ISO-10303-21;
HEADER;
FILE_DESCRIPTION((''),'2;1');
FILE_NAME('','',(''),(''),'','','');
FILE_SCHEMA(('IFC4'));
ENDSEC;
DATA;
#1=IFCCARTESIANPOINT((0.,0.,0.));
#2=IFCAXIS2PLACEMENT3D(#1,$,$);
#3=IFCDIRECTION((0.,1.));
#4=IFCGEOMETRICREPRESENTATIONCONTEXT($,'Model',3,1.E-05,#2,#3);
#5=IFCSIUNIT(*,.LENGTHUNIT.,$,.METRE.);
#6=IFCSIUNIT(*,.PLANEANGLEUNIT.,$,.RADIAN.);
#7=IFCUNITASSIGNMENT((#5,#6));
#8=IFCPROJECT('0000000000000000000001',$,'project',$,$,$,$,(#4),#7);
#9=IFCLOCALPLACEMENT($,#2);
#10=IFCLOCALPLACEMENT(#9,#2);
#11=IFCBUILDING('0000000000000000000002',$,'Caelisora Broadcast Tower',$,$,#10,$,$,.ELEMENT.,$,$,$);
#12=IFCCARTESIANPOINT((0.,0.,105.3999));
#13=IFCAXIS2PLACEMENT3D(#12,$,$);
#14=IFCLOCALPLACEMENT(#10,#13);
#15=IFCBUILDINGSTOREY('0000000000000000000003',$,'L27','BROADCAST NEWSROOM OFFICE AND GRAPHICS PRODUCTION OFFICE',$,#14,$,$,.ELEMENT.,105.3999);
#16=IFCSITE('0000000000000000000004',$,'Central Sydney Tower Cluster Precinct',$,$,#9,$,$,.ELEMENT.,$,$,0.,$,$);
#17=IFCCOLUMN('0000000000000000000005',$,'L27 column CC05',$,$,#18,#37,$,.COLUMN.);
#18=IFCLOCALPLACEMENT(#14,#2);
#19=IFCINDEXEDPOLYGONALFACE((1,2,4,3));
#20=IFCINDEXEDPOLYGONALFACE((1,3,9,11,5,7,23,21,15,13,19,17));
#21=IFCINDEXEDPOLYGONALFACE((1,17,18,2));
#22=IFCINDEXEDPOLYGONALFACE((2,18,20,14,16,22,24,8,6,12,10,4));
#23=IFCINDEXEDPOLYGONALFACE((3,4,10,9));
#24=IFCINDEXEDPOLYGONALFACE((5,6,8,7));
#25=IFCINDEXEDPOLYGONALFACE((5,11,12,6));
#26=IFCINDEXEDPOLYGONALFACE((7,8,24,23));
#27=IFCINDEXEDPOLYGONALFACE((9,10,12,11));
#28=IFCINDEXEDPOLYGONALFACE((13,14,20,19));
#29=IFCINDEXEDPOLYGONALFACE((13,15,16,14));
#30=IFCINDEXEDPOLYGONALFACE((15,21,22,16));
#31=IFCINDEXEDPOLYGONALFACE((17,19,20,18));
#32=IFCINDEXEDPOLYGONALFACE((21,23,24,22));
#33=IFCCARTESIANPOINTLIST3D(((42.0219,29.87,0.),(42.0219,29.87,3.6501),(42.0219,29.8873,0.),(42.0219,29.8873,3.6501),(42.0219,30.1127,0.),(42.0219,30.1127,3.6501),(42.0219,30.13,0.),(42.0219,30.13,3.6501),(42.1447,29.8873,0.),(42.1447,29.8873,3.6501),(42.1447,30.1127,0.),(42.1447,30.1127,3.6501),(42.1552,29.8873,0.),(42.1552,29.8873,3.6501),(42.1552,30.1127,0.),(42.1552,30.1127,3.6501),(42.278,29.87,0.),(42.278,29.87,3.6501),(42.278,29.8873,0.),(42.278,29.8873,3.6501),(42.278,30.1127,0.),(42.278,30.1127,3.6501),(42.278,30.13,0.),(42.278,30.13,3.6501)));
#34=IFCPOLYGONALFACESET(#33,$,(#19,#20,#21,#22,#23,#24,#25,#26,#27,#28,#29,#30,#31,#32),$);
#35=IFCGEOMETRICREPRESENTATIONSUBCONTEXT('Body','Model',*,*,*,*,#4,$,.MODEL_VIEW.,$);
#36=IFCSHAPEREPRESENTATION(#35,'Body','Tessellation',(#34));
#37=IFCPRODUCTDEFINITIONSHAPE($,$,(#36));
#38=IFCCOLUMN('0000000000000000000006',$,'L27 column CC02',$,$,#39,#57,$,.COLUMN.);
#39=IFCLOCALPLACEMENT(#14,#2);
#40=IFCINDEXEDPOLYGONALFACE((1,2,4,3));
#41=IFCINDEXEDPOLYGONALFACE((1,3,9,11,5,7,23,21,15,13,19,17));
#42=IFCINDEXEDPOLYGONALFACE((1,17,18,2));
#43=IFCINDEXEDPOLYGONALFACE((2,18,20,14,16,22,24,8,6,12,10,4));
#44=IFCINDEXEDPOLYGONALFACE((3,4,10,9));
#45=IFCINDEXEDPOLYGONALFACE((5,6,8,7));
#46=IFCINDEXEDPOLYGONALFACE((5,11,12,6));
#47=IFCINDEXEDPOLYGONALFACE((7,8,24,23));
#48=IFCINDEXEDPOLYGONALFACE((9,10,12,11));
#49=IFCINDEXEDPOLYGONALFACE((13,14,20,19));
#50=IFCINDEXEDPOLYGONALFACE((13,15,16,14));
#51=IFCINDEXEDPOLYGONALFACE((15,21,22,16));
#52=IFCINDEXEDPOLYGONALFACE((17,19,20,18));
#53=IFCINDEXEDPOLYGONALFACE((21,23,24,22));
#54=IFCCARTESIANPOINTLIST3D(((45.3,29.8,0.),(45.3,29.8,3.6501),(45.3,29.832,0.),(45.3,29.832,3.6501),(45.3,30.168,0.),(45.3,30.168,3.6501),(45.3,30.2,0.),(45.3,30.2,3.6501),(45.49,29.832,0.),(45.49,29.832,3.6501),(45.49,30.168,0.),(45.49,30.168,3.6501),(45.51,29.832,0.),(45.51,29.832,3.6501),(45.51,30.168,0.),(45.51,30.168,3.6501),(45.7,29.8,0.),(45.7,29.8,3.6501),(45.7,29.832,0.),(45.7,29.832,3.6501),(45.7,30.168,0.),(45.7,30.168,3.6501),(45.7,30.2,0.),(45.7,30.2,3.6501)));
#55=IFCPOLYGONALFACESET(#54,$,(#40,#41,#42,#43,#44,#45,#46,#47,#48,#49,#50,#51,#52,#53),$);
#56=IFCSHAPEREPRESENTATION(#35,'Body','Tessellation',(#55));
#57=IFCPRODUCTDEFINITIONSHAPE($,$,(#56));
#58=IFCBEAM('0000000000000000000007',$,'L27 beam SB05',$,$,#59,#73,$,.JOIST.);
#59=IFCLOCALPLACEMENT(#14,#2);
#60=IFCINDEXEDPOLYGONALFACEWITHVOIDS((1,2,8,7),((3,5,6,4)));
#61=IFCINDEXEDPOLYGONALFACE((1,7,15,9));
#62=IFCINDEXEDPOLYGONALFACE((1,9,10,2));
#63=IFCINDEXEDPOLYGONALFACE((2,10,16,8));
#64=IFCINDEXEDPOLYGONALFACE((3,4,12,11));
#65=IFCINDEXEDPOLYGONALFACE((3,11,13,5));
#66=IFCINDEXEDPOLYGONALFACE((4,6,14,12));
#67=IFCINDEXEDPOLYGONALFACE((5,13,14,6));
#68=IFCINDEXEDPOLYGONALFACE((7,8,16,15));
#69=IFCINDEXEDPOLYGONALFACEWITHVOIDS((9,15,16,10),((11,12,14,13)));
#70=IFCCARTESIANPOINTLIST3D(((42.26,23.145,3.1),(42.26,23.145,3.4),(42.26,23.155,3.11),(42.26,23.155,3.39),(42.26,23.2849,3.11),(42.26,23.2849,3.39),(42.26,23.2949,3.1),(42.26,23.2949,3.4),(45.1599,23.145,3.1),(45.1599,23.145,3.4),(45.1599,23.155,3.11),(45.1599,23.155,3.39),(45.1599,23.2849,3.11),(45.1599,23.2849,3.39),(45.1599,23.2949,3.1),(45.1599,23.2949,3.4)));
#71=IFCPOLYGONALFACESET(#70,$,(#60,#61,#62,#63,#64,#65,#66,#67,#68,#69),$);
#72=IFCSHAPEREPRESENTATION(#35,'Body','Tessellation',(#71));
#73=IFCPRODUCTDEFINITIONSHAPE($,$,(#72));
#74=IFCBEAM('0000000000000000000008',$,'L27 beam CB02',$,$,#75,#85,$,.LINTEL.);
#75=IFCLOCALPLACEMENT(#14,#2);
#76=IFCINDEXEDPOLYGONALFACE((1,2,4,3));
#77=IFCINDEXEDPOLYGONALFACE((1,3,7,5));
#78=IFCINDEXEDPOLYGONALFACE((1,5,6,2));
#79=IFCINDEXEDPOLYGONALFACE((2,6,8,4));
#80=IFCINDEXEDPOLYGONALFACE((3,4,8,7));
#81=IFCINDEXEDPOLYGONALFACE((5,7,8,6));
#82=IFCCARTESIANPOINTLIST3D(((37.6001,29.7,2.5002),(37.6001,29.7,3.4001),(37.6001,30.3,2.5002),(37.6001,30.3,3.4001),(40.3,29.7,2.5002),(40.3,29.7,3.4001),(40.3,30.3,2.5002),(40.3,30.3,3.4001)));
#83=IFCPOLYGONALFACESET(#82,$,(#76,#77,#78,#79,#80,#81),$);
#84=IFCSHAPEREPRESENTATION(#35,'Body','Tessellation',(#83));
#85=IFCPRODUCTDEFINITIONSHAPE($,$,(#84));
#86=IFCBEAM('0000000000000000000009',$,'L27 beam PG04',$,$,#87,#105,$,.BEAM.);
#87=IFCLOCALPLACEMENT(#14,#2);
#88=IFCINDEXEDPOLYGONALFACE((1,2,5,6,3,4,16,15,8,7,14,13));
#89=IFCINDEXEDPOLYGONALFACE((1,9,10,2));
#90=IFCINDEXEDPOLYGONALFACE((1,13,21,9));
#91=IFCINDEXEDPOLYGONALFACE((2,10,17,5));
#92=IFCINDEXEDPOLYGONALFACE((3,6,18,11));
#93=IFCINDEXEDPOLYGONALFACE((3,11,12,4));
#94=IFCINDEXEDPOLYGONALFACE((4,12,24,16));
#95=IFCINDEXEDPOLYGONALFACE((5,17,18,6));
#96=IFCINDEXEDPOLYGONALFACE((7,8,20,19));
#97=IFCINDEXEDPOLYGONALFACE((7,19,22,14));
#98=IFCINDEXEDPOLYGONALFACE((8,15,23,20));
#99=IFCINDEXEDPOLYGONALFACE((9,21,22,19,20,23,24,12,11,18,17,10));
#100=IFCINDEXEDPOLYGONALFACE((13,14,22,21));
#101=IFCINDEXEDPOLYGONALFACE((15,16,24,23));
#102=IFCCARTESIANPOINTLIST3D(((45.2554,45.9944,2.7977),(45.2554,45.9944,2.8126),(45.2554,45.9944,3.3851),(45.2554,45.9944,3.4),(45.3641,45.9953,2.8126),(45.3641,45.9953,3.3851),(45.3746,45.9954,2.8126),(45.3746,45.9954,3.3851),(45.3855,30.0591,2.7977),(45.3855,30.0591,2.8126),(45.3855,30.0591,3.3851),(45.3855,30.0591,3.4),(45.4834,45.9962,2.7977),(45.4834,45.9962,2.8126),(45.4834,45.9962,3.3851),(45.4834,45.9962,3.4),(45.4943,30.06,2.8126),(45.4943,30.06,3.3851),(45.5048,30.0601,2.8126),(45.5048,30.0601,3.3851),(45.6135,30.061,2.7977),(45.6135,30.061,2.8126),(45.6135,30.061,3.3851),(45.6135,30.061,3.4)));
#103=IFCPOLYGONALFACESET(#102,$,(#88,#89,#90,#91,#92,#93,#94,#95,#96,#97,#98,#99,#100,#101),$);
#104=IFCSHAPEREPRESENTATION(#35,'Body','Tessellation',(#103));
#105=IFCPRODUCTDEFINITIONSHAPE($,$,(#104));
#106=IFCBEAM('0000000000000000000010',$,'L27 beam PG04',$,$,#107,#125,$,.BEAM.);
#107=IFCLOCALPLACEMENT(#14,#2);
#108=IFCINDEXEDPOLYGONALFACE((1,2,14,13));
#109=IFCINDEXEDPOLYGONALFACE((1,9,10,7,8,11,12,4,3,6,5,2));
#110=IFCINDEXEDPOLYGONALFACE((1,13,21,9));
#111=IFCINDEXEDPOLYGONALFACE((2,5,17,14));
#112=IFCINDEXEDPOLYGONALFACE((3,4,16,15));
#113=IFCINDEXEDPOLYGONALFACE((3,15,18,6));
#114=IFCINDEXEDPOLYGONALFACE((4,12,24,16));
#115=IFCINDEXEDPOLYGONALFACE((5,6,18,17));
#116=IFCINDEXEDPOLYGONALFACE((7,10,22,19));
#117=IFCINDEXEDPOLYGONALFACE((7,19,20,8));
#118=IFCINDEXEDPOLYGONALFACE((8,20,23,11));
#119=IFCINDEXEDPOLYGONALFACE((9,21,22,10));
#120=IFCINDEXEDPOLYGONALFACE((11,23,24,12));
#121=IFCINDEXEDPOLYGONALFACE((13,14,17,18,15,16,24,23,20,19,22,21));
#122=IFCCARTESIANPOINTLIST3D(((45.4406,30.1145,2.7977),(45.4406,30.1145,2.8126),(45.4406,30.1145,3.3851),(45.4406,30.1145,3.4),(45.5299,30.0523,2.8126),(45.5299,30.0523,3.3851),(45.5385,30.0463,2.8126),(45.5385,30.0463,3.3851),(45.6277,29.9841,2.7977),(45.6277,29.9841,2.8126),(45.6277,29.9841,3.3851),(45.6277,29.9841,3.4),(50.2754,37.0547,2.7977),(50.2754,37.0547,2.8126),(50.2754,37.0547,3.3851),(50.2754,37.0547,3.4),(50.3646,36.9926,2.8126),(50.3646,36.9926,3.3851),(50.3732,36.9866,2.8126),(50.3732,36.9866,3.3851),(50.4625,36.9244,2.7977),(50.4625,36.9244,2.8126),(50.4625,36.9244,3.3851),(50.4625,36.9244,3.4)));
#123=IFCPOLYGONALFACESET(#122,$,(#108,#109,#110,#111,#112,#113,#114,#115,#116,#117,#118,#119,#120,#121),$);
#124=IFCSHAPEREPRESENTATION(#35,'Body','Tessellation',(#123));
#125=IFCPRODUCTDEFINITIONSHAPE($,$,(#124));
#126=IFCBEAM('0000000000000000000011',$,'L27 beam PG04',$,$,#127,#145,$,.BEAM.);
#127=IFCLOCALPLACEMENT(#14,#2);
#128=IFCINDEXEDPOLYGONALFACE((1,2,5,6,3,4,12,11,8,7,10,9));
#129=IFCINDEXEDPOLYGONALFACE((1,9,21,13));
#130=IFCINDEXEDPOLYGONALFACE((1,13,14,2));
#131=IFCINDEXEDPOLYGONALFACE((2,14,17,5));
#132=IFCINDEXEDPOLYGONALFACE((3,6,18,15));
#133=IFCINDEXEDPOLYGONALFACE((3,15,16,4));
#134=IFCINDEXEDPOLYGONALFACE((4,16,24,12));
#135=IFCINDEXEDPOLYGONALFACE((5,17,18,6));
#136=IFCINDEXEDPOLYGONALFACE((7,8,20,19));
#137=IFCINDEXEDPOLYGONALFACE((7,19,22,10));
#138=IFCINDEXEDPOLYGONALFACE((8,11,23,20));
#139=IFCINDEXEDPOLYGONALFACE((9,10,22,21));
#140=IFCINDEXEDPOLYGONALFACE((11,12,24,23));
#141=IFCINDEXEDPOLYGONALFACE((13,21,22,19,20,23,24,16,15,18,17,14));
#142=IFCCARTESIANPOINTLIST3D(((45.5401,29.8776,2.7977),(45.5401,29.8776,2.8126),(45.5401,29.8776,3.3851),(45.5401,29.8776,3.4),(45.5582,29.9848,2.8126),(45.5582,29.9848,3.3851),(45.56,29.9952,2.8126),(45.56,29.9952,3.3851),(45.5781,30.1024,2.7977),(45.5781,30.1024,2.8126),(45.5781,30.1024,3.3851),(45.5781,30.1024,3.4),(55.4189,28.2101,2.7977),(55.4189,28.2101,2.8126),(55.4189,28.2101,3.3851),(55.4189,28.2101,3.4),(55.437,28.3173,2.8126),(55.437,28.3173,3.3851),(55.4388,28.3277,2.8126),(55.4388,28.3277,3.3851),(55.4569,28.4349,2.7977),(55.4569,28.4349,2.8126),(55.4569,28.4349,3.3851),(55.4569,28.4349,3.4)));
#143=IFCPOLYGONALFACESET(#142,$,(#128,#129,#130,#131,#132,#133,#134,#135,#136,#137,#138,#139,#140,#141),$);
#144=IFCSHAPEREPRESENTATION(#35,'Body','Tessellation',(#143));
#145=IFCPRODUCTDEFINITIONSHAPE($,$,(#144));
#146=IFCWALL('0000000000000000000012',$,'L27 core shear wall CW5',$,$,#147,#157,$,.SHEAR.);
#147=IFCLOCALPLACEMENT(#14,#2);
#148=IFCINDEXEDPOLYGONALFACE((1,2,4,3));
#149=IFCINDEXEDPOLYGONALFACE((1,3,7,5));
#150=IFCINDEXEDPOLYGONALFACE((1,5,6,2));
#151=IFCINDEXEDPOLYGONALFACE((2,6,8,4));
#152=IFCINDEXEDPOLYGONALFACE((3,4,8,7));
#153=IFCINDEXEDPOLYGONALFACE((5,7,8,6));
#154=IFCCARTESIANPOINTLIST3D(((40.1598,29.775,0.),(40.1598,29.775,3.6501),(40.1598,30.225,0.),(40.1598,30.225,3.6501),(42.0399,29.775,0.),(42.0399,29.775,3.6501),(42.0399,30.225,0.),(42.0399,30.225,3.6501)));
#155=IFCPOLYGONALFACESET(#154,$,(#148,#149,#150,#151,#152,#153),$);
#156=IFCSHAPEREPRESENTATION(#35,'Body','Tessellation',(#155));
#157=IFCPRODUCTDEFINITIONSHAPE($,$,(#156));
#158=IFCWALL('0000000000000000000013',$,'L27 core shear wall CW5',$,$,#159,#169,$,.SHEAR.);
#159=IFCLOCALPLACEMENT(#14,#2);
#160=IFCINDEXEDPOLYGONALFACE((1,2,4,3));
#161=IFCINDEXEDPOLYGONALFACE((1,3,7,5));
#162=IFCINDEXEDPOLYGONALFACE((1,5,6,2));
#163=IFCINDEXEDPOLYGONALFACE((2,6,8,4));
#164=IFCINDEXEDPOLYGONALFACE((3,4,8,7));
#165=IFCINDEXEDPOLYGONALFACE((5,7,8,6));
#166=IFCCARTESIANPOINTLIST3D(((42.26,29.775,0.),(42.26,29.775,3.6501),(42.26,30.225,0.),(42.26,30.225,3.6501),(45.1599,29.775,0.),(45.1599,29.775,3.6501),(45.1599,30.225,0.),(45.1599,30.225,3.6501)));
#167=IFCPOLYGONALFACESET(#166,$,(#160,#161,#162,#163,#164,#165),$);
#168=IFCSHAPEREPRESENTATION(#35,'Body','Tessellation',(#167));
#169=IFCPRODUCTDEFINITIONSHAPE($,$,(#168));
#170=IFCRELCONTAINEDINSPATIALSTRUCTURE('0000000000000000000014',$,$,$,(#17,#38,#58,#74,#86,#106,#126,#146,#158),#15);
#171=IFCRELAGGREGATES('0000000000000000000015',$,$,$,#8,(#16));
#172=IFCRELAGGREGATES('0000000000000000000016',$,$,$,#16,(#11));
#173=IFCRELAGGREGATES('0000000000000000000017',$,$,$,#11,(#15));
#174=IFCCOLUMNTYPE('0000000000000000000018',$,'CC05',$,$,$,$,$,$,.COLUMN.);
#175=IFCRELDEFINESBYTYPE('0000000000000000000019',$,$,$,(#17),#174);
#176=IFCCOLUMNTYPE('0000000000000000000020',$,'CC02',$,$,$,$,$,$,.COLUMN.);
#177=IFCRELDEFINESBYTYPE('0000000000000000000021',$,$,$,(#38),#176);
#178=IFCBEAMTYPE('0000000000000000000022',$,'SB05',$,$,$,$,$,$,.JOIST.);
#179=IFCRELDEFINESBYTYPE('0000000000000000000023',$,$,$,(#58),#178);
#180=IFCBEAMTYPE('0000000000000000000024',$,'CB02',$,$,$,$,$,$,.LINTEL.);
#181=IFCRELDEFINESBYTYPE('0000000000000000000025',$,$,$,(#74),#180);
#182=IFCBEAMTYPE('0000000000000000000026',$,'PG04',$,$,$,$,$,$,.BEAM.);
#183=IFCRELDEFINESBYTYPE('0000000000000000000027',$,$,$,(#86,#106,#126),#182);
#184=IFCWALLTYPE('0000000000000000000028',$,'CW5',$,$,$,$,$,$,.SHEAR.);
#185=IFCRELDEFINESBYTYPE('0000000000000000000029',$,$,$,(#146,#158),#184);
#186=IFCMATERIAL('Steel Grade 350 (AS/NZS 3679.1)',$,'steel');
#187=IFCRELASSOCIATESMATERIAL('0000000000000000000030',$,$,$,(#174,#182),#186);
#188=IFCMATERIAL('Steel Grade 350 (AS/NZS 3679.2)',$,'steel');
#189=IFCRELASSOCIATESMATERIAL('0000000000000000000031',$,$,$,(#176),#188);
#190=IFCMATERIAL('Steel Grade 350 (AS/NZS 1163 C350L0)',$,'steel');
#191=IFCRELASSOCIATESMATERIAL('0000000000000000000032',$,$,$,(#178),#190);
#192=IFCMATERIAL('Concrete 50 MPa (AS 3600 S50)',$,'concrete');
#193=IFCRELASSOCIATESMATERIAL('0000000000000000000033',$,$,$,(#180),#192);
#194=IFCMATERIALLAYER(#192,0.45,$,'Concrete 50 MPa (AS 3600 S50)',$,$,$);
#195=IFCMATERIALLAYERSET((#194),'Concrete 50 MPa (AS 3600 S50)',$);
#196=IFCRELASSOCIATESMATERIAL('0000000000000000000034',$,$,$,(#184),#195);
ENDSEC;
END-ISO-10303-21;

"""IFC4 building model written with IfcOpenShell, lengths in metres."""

from ifc_helpers import new_model, si_unit, direction, frame, frame_2d, origin, origin_2d, place, context, subcontext, project, spatial, rectangle, hollow_rectangle, i_section, extrude, source, transform, mapped, material, layer, layer_set, material_profile, profile_set, type_object, type_shapes, element, save


model = new_model("IFC4")

# Units and contexts
model_context = context("Model", 3, precision=1e-05, world=origin(), true_north=direction((0.0, 1.0)))
body_context = subcontext(model_context, "Body", "Model", "MODEL_VIEW")
ifc_project = project(units=[si_unit("LENGTHUNIT", "METRE"), si_unit("PLANEANGLEUNIT", "RADIAN")], contexts=[model_context])

# Site, building, storey
site_placement = place(None, origin())
site = spatial("IfcSite", under=ifc_project, at=site_placement, Name="Central Sydney Tower Cluster Precinct", CompositionType="ELEMENT", RefElevation=0.0)
building_placement = place(site_placement, origin())
building = spatial("IfcBuilding", under=site, at=building_placement, Name="Caelisora Broadcast Tower", CompositionType="ELEMENT")
storey_placement = place(building_placement, frame((0.0, 0.0, 105.3999)))
storey = spatial("IfcBuildingStorey", under=building, at=storey_placement, Name="L27", Description="BROADCAST NEWSROOM OFFICE AND GRAPHICS PRODUCTION OFFICE", CompositionType="ELEMENT", Elevation=105.3999)

# Columns
ifc_material_1 = material(Name="Steel Grade 350 (AS/NZS 3679.1)", Category="steel")
ifc_material_profile_1 = material_profile(ifc_material_1, i_section(OverallWidth=0.2561, OverallDepth=0.26, WebThickness=0.0105, FlangeThickness=0.0173, at=origin_2d()), Name="Steel Grade 350 (AS/NZS 3679.1)")
ifc_profile_set_1 = profile_set([ifc_material_profile_1], Name="Steel Grade 350 (AS/NZS 3679.1)")
column_type_1 = type_object("IfcColumnType", Name="CC05", PredefinedType="COLUMN", material=ifc_profile_set_1)
shared_shape_1 = source(origin(), body_context, "Body", "SweptSolid", [
    extrude(i_section(OverallWidth=0.2561, OverallDepth=0.26, WebThickness=0.0105, FlangeThickness=0.0173, at=origin_2d()), origin(), (0.0, 0.0, 1.0), 3.6501),
])
type_shapes(column_type_1, [shared_shape_1])
column_1_placement = place(storey_placement, frame((42.1499, 30.0, 0.0), z_axis=(0.0, 0.0, 1.0), x_axis=(1.0, 0.0, 0.0)))
element("IfcColumn", 1, at=column_1_placement, inside=storey, type_object=column_type_1, Name="L27 column CC05", PredefinedType="COLUMN", context=body_context, shape_type="MappedRepresentation", body=[
    mapped(shared_shape_1, transform((0.0, 0.0, 0.0), scale=1.0)),
])
ifc_material_2 = material(Name="Steel Grade 350 (AS/NZS 3679.2)", Category="steel")
ifc_material_profile_2 = material_profile(ifc_material_2, i_section(OverallWidth=0.3999, OverallDepth=0.3999, WebThickness=0.02, FlangeThickness=0.032, at=origin_2d()), Name="Steel Grade 350 (AS/NZS 3679.2)")
ifc_profile_set_2 = profile_set([ifc_material_profile_2], Name="Steel Grade 350 (AS/NZS 3679.2)")
column_type_2 = type_object("IfcColumnType", Name="CC02", PredefinedType="COLUMN", material=ifc_profile_set_2)
shared_shape_2 = source(origin(), body_context, "Body", "SweptSolid", [
    extrude(i_section(OverallWidth=0.3999, OverallDepth=0.3999, WebThickness=0.02, FlangeThickness=0.032, at=origin_2d()), origin(), (0.0, 0.0, 1.0), 3.6501),
])
type_shapes(column_type_2, [shared_shape_2])
column_2_placement = place(storey_placement, frame((45.5, 30.0, 0.0), z_axis=(0.0, 0.0, 1.0), x_axis=(1.0, 0.0, 0.0)))
element("IfcColumn", 2, at=column_2_placement, inside=storey, type_object=column_type_2, Name="L27 column CC02", PredefinedType="COLUMN", context=body_context, shape_type="MappedRepresentation", body=[
    mapped(shared_shape_2, transform((0.0, 0.0, 0.0), scale=1.0)),
])

# Beams
ifc_material_3 = material(Name="Steel Grade 350 (AS/NZS 1163 C350L0)", Category="steel")
ifc_material_profile_3 = material_profile(ifc_material_3, hollow_rectangle(XDim=0.1499, YDim=0.3, WallThickness=0.01, at=origin_2d()), Name="Steel Grade 350 (AS/NZS 1163 C350L0)")
ifc_profile_set_3 = profile_set([ifc_material_profile_3], Name="Steel Grade 350 (AS/NZS 1163 C350L0)")
beam_type_1 = type_object("IfcBeamType", Name="SB05", PredefinedType="JOIST", material=ifc_profile_set_3)
shared_shape_3 = source(origin(), body_context, "Body", "SweptSolid", [
    extrude(hollow_rectangle(XDim=0.1499, YDim=0.3, WallThickness=0.01, at=origin_2d()), origin(), (0.0, 0.0, 1.0), 2.8999),
])
type_shapes(beam_type_1, [shared_shape_3])
beam_1_placement = place(storey_placement, frame((42.26, 23.22, 3.25), z_axis=(1.0, 0.0, 0.0), x_axis=(0.0, 1.0, 0.0)))
element("IfcBeam", 3, at=beam_1_placement, inside=storey, type_object=beam_type_1, Name="L27 beam SB05", PredefinedType="JOIST", context=body_context, shape_type="MappedRepresentation", body=[
    mapped(shared_shape_3, transform((0.0, 0.0, 0.0), scale=1.0)),
])
ifc_material_4 = material(Name="Concrete 50 MPa (AS 3600 S50)", Category="concrete")
ifc_material_profile_4 = material_profile(ifc_material_4, rectangle(XDim=0.6001, YDim=0.8999, at=origin_2d()), Name="Concrete 50 MPa (AS 3600 S50)")
ifc_profile_set_4 = profile_set([ifc_material_profile_4], Name="Concrete 50 MPa (AS 3600 S50)")
beam_type_2 = type_object("IfcBeamType", Name="CB02", PredefinedType="LINTEL", material=ifc_profile_set_4)
shared_shape_4 = source(origin(), body_context, "Body", "SweptSolid", [
    extrude(rectangle(XDim=0.6001, YDim=0.8999, at=origin_2d()), origin(), (0.0, 0.0, 1.0), 2.7),
])
type_shapes(beam_type_2, [shared_shape_4])
beam_2_placement = place(storey_placement, frame((37.6001, 30.0, 2.9502), z_axis=(1.0, 0.0, 0.0), x_axis=(0.0, 1.0, 0.0)))
element("IfcBeam", 4, at=beam_2_placement, inside=storey, type_object=beam_type_2, Name="L27 beam CB02", PredefinedType="LINTEL", context=body_context, shape_type="MappedRepresentation", body=[
    mapped(shared_shape_4, transform((0.0, 0.0, 0.0), scale=1.0)),
])
ifc_material_profile_5 = material_profile(ifc_material_1, i_section(OverallWidth=0.228, OverallDepth=0.6023, WebThickness=0.0105, FlangeThickness=0.0149, at=origin_2d()), Name="Steel Grade 350 (AS/NZS 3679.1)")
ifc_profile_set_5 = profile_set([ifc_material_profile_5], Name="Steel Grade 350 (AS/NZS 3679.1)")
beam_type_3 = type_object("IfcBeamType", Name="PG04", PredefinedType="BEAM", material=ifc_profile_set_5)
shared_shape_5 = source(origin(), body_context, "Body", "SweptSolid", [
    extrude(i_section(OverallWidth=0.228, OverallDepth=0.6023, WebThickness=0.0105, FlangeThickness=0.0149, at=origin_2d()), origin(), (0.0, 0.0, 1.0), 15.9358),
])
beam_3_placement = place(storey_placement, frame((45.4995, 30.0601, 3.0989), z_axis=(-0.008166, 0.999967, 0.0), x_axis=(-0.999967, -0.008166, 0.0)))
element("IfcBeam", 5, at=beam_3_placement, inside=storey, type_object=beam_type_3, Name="L27 beam PG04", PredefinedType="BEAM", context=body_context, shape_type="MappedRepresentation", body=[
    mapped(shared_shape_5, transform((0.0, 0.0, 0.0), scale=1.0)),
])
shared_shape_6 = source(origin(), body_context, "Body", "SweptSolid", [
    extrude(i_section(OverallWidth=0.228, OverallDepth=0.6023, WebThickness=0.0105, FlangeThickness=0.0149, at=origin_2d()), origin(), (0.0, 0.0, 1.0), 8.4583),
])
beam_4_placement = place(storey_placement, frame((45.5342, 30.0493, 3.0989), z_axis=(0.571603, 0.82053, 0.0), x_axis=(-0.82053, 0.571603, 0.0)))
element("IfcBeam", 6, at=beam_4_placement, inside=storey, type_object=beam_type_3, Name="L27 beam PG04", PredefinedType="BEAM", context=body_context, shape_type="MappedRepresentation", body=[
    mapped(shared_shape_6, transform((0.0, 0.0, 0.0), scale=1.0)),
])
shared_shape_7 = source(origin(), body_context, "Body", "SweptSolid", [
    extrude(i_section(OverallWidth=0.228, OverallDepth=0.6023, WebThickness=0.0105, FlangeThickness=0.0149, at=origin_2d()), origin(), (0.0, 0.0, 1.0), 10.0186),
])
type_shapes(beam_type_3, [shared_shape_5, shared_shape_6, shared_shape_7])
beam_5_placement = place(storey_placement, frame((45.5591, 29.99, 3.0989), z_axis=(0.986052, -0.166438, 0.0), x_axis=(0.166438, 0.986052, 0.0)))
element("IfcBeam", 7, at=beam_5_placement, inside=storey, type_object=beam_type_3, Name="L27 beam PG04", PredefinedType="BEAM", context=body_context, shape_type="MappedRepresentation", body=[
    mapped(shared_shape_7, transform((0.0, 0.0, 0.0), scale=1.0)),
])

# Walls
ifc_layer_1 = layer(ifc_material_4, 0.45, Name="Concrete 50 MPa (AS 3600 S50)")
ifc_layer_set_1 = layer_set([ifc_layer_1], Name="Concrete 50 MPa (AS 3600 S50)")
wall_type_1 = type_object("IfcWallType", Name="CW5", PredefinedType="SHEAR", material=ifc_layer_set_1)
wall_1_placement = place(storey_placement, frame((40.1599, 30.0, 0.0), z_axis=(0.0, 0.0, 1.0), x_axis=(1.0, 0.0, 0.0)))
element("IfcWall", 8, at=wall_1_placement, inside=storey, type_object=wall_type_1, Name="L27 core shear wall CW5", PredefinedType="SHEAR", context=body_context, shape_type="SweptSolid", body=[
    extrude(rectangle(XDim=1.8801, YDim=0.45, at=frame_2d((0.9399, 0.0))), origin(), (0.0, 0.0, 1.0), 3.6501),
])
wall_2_placement = place(storey_placement, frame((42.26, 30.0, 0.0), z_axis=(0.0, 0.0, 1.0), x_axis=(1.0, 0.0, 0.0)))
element("IfcWall", 9, at=wall_2_placement, inside=storey, type_object=wall_type_1, Name="L27 core shear wall CW5", PredefinedType="SHEAR", context=body_context, shape_type="SweptSolid", body=[
    extrude(rectangle(XDim=2.8999, YDim=0.45, at=frame_2d((1.45, 0.0))), origin(), (0.0, 0.0, 1.0), 3.6501),
])

save(model, "model.ifc")
